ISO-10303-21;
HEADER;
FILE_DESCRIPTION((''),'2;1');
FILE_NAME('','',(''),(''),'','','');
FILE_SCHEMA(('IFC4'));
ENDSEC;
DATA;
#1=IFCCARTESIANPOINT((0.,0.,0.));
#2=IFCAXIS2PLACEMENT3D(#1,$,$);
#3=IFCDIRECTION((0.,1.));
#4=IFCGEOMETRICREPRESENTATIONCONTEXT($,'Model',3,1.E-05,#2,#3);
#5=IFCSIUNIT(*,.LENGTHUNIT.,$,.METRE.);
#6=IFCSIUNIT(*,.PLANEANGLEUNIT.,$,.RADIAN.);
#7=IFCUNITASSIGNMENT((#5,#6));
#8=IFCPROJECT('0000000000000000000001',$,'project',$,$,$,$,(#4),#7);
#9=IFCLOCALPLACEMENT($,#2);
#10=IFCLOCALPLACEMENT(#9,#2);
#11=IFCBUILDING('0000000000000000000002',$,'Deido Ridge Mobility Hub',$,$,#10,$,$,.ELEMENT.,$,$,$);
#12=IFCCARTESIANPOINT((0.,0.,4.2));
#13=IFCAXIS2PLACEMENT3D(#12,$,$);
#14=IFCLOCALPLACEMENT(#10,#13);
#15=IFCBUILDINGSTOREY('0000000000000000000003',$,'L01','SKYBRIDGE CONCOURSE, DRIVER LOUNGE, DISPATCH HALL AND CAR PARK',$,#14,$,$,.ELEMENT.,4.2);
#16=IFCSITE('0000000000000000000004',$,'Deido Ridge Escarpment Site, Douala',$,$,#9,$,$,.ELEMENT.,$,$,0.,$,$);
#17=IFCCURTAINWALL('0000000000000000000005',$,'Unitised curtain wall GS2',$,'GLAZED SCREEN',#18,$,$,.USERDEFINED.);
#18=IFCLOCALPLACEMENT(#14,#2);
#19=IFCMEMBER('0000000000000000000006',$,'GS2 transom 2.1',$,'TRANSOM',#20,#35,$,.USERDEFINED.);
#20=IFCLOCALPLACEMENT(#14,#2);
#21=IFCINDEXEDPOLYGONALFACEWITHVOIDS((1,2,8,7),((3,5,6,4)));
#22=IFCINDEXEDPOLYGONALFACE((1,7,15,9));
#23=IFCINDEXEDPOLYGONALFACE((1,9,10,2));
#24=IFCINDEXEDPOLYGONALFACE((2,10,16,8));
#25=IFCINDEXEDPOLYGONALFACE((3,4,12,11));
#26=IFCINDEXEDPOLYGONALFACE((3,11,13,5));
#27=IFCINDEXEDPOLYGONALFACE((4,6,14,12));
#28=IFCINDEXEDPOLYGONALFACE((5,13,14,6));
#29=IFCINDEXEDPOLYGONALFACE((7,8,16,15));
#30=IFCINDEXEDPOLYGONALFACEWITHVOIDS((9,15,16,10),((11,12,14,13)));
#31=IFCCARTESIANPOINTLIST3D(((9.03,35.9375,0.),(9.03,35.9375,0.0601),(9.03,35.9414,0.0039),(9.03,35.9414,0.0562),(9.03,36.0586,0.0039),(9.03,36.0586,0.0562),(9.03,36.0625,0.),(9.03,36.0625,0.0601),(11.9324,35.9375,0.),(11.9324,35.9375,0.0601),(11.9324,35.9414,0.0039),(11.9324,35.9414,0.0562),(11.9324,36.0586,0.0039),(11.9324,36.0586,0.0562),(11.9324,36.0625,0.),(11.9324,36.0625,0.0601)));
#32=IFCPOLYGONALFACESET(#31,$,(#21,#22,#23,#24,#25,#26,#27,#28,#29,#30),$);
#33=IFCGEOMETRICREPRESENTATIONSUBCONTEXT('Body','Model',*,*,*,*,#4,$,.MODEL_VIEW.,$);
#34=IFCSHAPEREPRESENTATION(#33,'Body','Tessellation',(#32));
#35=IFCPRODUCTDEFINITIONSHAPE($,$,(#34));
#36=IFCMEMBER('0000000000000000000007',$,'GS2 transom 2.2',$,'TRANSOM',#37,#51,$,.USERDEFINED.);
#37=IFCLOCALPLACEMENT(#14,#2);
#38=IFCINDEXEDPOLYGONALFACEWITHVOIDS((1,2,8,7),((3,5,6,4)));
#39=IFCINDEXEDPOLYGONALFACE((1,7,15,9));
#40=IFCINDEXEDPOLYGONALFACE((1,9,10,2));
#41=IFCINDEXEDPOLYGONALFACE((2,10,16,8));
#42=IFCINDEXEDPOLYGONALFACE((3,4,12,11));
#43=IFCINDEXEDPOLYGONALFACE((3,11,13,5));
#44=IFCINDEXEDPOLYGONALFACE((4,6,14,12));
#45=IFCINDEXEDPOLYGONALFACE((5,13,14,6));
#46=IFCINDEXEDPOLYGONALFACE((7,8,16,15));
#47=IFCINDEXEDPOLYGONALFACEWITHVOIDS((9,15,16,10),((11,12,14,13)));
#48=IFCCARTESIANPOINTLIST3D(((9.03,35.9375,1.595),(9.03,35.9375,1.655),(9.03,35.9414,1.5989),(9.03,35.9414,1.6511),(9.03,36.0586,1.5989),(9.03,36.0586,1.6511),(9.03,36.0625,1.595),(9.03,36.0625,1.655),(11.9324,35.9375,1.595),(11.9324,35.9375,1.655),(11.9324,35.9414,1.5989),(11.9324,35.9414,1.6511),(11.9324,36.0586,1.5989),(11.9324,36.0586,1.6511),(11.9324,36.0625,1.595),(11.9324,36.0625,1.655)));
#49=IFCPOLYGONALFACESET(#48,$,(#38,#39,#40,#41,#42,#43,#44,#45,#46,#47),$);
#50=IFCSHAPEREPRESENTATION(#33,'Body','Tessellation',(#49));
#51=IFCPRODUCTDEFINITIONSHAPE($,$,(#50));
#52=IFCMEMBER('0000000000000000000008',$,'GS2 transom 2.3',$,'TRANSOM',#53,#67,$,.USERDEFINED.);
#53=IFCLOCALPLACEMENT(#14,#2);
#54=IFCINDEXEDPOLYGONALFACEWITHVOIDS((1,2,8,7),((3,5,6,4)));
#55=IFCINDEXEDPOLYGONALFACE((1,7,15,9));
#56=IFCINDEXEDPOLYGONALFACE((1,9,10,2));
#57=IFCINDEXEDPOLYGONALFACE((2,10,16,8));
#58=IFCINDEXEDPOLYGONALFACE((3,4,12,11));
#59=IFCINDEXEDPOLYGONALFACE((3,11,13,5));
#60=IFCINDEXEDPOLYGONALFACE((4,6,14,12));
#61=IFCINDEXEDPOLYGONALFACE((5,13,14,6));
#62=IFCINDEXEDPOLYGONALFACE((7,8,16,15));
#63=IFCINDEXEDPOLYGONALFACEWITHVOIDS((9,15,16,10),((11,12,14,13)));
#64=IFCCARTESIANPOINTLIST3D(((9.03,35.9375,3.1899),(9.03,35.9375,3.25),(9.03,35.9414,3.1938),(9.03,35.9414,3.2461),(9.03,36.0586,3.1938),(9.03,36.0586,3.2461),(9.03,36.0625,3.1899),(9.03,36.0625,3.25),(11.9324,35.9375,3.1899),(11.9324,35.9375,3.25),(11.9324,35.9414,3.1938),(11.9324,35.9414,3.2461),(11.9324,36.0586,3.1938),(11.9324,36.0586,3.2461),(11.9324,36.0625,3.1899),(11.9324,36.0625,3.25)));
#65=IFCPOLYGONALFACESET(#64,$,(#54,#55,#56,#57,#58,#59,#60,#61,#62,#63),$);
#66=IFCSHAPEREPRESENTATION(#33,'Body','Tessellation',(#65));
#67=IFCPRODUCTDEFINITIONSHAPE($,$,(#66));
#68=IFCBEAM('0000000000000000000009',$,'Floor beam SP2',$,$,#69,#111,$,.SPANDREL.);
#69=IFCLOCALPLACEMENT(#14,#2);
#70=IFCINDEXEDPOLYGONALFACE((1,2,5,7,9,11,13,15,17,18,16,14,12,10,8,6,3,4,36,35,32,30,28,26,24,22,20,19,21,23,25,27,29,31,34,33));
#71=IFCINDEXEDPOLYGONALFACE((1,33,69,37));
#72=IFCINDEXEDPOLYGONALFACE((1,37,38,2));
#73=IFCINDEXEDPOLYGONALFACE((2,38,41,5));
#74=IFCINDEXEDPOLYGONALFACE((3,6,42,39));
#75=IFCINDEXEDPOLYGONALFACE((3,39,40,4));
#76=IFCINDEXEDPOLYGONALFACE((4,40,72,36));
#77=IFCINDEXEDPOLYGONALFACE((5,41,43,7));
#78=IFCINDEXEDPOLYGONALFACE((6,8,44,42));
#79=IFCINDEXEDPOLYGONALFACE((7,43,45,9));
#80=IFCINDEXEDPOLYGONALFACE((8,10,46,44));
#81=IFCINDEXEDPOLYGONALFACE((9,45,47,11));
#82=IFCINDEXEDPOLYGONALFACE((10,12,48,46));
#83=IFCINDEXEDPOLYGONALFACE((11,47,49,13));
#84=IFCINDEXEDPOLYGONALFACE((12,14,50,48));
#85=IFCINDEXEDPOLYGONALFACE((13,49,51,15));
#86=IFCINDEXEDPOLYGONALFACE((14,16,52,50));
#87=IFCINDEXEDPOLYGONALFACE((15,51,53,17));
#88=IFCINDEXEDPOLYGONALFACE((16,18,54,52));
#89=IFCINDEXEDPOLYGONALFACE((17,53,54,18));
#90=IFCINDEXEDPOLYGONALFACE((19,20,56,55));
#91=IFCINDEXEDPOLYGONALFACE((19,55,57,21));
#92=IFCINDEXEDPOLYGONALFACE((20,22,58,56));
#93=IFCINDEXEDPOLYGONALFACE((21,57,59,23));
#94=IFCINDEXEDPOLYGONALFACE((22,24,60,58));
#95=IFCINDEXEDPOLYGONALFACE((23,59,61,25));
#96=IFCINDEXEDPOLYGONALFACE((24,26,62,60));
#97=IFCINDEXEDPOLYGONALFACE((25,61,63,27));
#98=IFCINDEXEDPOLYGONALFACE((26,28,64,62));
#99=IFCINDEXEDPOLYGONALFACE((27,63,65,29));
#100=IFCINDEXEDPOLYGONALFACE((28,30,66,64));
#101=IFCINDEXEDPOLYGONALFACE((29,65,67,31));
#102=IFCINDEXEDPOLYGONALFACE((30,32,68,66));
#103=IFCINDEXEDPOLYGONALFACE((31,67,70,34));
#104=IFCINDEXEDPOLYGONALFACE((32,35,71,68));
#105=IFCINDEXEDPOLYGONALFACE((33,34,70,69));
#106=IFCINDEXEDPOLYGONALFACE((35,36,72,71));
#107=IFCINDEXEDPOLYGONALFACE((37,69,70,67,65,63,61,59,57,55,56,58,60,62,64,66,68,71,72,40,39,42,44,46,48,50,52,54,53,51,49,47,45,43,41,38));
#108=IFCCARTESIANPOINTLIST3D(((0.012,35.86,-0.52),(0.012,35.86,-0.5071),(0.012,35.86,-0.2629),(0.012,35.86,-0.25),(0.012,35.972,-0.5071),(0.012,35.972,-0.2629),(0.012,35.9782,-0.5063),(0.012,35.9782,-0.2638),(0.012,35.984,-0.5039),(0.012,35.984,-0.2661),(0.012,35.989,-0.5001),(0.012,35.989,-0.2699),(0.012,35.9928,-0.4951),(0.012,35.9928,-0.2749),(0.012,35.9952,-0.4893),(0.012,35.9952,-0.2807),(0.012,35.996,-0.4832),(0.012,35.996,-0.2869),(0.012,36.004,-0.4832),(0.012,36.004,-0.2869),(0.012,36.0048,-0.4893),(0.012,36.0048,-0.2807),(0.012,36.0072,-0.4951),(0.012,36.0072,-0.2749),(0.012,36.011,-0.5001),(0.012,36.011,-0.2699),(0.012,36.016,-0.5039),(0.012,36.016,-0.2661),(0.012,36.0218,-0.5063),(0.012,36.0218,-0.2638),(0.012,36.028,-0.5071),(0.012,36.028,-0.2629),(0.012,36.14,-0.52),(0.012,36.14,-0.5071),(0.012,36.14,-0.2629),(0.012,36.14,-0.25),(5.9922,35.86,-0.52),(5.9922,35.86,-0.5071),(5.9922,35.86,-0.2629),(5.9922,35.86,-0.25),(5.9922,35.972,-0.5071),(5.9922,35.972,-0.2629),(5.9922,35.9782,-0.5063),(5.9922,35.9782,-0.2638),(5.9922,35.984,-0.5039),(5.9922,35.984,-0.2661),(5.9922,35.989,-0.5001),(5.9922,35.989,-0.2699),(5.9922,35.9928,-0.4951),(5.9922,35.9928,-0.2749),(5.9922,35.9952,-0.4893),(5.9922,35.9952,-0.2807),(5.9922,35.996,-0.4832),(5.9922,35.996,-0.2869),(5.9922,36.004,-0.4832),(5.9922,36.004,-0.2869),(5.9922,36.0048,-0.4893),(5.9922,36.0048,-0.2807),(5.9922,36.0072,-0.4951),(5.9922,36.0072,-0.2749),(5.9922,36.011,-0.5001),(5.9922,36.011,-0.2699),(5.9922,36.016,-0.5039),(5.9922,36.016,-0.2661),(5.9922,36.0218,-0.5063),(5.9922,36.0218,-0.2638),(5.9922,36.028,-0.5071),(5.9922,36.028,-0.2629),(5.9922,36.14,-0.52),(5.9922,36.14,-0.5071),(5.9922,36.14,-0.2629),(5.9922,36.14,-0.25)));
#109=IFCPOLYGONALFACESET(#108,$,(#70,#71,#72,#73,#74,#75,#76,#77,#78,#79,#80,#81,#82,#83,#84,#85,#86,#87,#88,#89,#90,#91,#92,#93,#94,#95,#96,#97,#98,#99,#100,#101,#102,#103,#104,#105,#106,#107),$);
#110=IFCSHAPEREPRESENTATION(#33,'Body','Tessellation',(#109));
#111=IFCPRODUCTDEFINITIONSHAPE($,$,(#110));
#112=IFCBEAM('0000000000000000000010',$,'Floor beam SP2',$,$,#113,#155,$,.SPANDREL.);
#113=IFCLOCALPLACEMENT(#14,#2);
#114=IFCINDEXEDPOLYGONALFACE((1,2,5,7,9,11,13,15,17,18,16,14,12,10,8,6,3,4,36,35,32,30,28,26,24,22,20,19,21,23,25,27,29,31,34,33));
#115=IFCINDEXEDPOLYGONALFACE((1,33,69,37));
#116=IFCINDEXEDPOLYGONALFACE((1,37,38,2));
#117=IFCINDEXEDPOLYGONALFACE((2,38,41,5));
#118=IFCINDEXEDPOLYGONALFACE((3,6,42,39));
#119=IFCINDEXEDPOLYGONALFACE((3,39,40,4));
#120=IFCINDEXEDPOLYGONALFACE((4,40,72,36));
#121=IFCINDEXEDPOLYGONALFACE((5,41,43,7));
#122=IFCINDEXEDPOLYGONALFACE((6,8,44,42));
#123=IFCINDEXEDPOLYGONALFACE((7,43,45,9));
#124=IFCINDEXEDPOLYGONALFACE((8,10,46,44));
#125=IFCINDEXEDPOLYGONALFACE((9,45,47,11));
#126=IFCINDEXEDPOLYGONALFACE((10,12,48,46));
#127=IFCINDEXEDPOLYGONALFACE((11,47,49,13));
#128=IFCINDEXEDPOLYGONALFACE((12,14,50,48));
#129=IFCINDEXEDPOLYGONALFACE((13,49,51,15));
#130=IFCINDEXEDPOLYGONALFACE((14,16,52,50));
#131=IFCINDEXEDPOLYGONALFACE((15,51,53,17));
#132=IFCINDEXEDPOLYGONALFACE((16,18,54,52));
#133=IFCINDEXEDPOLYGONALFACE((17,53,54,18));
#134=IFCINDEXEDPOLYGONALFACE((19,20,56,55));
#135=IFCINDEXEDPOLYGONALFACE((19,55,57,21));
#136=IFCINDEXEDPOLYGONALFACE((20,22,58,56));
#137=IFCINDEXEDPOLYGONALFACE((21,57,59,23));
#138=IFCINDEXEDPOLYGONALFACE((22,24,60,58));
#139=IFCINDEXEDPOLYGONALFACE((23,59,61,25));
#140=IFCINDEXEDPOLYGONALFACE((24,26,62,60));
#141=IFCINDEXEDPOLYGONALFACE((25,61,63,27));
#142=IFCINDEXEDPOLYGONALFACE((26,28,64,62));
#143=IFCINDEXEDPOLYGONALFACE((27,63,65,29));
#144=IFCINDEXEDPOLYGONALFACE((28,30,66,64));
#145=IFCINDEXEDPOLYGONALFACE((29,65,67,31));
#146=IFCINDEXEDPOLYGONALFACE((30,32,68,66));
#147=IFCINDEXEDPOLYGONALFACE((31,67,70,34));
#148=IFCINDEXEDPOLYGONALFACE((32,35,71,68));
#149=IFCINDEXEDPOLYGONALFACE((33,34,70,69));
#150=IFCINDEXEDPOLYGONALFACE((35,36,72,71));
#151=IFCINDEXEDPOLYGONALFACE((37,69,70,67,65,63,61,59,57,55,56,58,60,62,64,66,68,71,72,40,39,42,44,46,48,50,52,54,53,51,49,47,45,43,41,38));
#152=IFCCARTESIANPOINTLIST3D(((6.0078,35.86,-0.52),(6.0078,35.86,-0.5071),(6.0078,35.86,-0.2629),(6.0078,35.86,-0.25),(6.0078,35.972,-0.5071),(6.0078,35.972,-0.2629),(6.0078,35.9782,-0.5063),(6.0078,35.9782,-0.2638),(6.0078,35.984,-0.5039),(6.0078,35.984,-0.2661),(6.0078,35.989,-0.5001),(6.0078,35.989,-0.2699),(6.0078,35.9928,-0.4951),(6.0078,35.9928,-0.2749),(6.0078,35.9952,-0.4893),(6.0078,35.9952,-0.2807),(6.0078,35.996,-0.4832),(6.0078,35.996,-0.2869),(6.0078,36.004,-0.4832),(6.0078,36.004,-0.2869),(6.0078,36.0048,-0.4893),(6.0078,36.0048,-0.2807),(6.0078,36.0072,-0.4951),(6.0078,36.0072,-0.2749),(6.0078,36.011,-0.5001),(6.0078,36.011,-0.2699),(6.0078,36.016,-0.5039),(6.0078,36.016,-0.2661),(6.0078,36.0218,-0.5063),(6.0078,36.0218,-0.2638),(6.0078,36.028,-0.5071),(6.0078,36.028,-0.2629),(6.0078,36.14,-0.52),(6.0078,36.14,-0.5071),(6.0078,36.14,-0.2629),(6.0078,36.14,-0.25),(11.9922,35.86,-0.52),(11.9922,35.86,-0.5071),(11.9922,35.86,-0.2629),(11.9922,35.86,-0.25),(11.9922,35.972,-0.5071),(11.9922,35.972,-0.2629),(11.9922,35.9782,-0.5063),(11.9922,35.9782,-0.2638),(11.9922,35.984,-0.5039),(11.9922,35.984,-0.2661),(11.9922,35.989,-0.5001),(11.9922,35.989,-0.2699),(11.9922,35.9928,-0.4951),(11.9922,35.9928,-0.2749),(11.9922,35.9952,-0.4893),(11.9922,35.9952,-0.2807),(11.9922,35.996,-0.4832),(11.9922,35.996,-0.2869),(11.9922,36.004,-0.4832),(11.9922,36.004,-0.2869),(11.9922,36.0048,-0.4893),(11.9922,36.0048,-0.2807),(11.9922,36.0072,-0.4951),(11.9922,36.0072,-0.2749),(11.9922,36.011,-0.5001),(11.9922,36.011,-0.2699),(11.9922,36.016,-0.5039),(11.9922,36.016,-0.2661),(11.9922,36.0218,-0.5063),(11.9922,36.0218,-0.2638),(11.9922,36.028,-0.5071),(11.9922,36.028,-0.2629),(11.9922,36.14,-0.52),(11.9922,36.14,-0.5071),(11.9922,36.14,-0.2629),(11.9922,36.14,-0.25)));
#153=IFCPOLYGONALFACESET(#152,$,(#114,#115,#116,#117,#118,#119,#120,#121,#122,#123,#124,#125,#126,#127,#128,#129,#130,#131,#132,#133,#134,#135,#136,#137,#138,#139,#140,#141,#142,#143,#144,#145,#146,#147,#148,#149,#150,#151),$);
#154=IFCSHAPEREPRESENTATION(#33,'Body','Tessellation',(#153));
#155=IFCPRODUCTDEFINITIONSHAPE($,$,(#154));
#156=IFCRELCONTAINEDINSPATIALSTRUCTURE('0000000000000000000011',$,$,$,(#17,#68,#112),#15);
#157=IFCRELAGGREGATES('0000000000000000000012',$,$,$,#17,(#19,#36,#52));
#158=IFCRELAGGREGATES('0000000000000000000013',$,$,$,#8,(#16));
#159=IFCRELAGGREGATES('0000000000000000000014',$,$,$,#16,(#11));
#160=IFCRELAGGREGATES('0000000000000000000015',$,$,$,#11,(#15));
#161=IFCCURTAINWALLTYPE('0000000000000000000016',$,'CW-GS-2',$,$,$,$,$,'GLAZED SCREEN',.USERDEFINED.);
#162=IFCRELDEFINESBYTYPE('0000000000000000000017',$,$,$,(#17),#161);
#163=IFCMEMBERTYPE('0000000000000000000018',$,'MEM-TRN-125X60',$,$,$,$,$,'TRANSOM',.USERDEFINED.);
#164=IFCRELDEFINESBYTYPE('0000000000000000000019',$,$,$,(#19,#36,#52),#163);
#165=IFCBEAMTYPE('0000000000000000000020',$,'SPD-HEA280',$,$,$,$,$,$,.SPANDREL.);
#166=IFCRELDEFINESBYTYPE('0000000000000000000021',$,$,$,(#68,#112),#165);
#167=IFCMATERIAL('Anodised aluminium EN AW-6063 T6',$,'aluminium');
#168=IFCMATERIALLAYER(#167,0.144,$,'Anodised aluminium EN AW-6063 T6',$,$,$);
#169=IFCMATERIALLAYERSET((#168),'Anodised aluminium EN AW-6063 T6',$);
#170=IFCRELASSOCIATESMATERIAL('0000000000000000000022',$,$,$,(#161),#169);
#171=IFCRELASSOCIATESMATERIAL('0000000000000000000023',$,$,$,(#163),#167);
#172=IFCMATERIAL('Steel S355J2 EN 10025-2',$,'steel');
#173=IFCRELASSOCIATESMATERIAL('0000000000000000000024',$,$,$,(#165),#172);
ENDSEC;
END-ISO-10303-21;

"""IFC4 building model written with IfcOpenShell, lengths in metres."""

from ifc_helpers import new_model, si_unit, direction, frame, origin, origin_2d, place, context, subcontext, project, spatial, hollow_rectangle, i_section, extrude, material, layer, layer_set, material_profile, profile_set, type_object, element, aggregate, save


model = new_model("IFC4")

# Units and contexts
model_context = context("Model", 3, precision=1e-05, world=origin(), true_north=direction((0.0, 1.0)))
body_context = subcontext(model_context, "Body", "Model", "MODEL_VIEW")
ifc_project = project(units=[si_unit("LENGTHUNIT", "METRE"), si_unit("PLANEANGLEUNIT", "RADIAN")], contexts=[model_context])

# Site, building, storey
site_placement = place(None, origin())
site = spatial("IfcSite", under=ifc_project, at=site_placement, Name="Deido Ridge Escarpment Site, Douala", CompositionType="ELEMENT", RefElevation=0.0)
building_placement = place(site_placement, origin())
building = spatial("IfcBuilding", under=site, at=building_placement, Name="Deido Ridge Mobility Hub", CompositionType="ELEMENT")
storey_placement = place(building_placement, frame((0.0, 0.0, 4.2)))
storey = spatial("IfcBuildingStorey", under=building, at=storey_placement, Name="L01", Description="SKYBRIDGE CONCOURSE, DRIVER LOUNGE, DISPATCH HALL AND CAR PARK", CompositionType="ELEMENT", Elevation=4.2)

# Shared definitions
ifc_material_1 = material(Name="Steel S355J2 EN 10025-2", Category="steel")

# Curtain wall, members
ifc_material_2 = material(Name="Anodised aluminium EN AW-6063 T6", Category="aluminium")
ifc_layer_1 = layer(ifc_material_2, 0.144, Name="Anodised aluminium EN AW-6063 T6")
ifc_layer_set_1 = layer_set([ifc_layer_1], Name="Anodised aluminium EN AW-6063 T6")
curtain_wall_type = type_object("IfcCurtainWallType", Name="CW-GS-2", ElementType="GLAZED SCREEN", PredefinedType="USERDEFINED", material=ifc_layer_set_1)
curtain_wall_placement = place(storey_placement, origin())
curtain_wall = element("IfcCurtainWall", 1, at=curtain_wall_placement, inside=storey, type_object=curtain_wall_type, Name="Unitised curtain wall GS2", ObjectType="GLAZED SCREEN", PredefinedType="USERDEFINED")
ifc_material_profile_1 = material_profile(ifc_material_2, hollow_rectangle(XDim=0.125, YDim=0.0601, WallThickness=0.0039, at=origin_2d()), Name="RHS 125x60x4")
ifc_profile_set_1 = profile_set([ifc_material_profile_1], Name="Anodised aluminium EN AW-6063 T6")
member_type_1 = type_object("IfcMemberType", Name="MEM-TRN-125X60", ElementType="TRANSOM", PredefinedType="USERDEFINED", material=ifc_profile_set_1)
member_1_placement = place(storey_placement, frame((9.03, 36.0, 0.03), z_axis=(1.0, 0.0, 0.0), x_axis=(0.0, 1.0, 0.0)))
member_1 = element("IfcMember", 2, at=member_1_placement, type_object=member_type_1, Name="GS2 transom 2.1", ObjectType="TRANSOM", PredefinedType="USERDEFINED", context=body_context, shape_type="SweptSolid", body=[
    extrude(hollow_rectangle(XDim=0.125, YDim=0.0601, WallThickness=0.0039, at=origin_2d()), origin(), (0.0, 0.0, 1.0), 2.9023),
])
member_2_placement = place(storey_placement, frame((9.03, 36.0, 1.625), z_axis=(1.0, 0.0, 0.0), x_axis=(0.0, 1.0, 0.0)))
member_2 = element("IfcMember", 3, at=member_2_placement, type_object=member_type_1, Name="GS2 transom 2.2", ObjectType="TRANSOM", PredefinedType="USERDEFINED", context=body_context, shape_type="SweptSolid", body=[
    extrude(hollow_rectangle(XDim=0.125, YDim=0.0601, WallThickness=0.0039, at=origin_2d()), origin(), (0.0, 0.0, 1.0), 2.9023),
])
member_3_placement = place(storey_placement, frame((9.03, 36.0, 3.22), z_axis=(1.0, 0.0, 0.0), x_axis=(0.0, 1.0, 0.0)))
member_3 = element("IfcMember", 4, at=member_3_placement, type_object=member_type_1, Name="GS2 transom 2.3", ObjectType="TRANSOM", PredefinedType="USERDEFINED", context=body_context, shape_type="SweptSolid", body=[
    extrude(hollow_rectangle(XDim=0.125, YDim=0.0601, WallThickness=0.0039, at=origin_2d()), origin(), (0.0, 0.0, 1.0), 2.9023),
])

# Beams
ifc_material_profile_2 = material_profile(ifc_material_1, i_section(OverallWidth=0.28, OverallDepth=0.27, WebThickness=0.0081, FlangeThickness=0.0129, FilletRadius=0.0239, at=origin_2d()), Name="HEA 280")
ifc_profile_set_2 = profile_set([ifc_material_profile_2], Name="Steel S355J2 EN 10025-2")
beam_type_1 = type_object("IfcBeamType", Name="SPD-HEA280", PredefinedType="SPANDREL", material=ifc_profile_set_2)
beam_1_placement = place(storey_placement, frame((0.012, 36.0, -0.385), z_axis=(1.0, 0.0, 0.0), x_axis=(0.0, 1.0, 0.0)))
element("IfcBeam", 5, at=beam_1_placement, inside=storey, type_object=beam_type_1, Name="Floor beam SP2", PredefinedType="SPANDREL", context=body_context, shape_type="SweptSolid", body=[
    extrude(i_section(OverallWidth=0.28, OverallDepth=0.27, WebThickness=0.0081, FlangeThickness=0.0129, FilletRadius=0.0239, at=origin_2d()), origin(), (0.0, 0.0, 1.0), 5.9802),
])
beam_2_placement = place(storey_placement, frame((6.0078, 36.0, -0.385), z_axis=(1.0, 0.0, 0.0), x_axis=(0.0, 1.0, 0.0)))
element("IfcBeam", 6, at=beam_2_placement, inside=storey, type_object=beam_type_1, Name="Floor beam SP2", PredefinedType="SPANDREL", context=body_context, shape_type="SweptSolid", body=[
    extrude(i_section(OverallWidth=0.28, OverallDepth=0.27, WebThickness=0.0081, FlangeThickness=0.0129, FilletRadius=0.0239, at=origin_2d()), origin(), (0.0, 0.0, 1.0), 5.9844),
])

aggregate(curtain_wall, [member_1, member_2, member_3])

save(model, "model.ifc")
